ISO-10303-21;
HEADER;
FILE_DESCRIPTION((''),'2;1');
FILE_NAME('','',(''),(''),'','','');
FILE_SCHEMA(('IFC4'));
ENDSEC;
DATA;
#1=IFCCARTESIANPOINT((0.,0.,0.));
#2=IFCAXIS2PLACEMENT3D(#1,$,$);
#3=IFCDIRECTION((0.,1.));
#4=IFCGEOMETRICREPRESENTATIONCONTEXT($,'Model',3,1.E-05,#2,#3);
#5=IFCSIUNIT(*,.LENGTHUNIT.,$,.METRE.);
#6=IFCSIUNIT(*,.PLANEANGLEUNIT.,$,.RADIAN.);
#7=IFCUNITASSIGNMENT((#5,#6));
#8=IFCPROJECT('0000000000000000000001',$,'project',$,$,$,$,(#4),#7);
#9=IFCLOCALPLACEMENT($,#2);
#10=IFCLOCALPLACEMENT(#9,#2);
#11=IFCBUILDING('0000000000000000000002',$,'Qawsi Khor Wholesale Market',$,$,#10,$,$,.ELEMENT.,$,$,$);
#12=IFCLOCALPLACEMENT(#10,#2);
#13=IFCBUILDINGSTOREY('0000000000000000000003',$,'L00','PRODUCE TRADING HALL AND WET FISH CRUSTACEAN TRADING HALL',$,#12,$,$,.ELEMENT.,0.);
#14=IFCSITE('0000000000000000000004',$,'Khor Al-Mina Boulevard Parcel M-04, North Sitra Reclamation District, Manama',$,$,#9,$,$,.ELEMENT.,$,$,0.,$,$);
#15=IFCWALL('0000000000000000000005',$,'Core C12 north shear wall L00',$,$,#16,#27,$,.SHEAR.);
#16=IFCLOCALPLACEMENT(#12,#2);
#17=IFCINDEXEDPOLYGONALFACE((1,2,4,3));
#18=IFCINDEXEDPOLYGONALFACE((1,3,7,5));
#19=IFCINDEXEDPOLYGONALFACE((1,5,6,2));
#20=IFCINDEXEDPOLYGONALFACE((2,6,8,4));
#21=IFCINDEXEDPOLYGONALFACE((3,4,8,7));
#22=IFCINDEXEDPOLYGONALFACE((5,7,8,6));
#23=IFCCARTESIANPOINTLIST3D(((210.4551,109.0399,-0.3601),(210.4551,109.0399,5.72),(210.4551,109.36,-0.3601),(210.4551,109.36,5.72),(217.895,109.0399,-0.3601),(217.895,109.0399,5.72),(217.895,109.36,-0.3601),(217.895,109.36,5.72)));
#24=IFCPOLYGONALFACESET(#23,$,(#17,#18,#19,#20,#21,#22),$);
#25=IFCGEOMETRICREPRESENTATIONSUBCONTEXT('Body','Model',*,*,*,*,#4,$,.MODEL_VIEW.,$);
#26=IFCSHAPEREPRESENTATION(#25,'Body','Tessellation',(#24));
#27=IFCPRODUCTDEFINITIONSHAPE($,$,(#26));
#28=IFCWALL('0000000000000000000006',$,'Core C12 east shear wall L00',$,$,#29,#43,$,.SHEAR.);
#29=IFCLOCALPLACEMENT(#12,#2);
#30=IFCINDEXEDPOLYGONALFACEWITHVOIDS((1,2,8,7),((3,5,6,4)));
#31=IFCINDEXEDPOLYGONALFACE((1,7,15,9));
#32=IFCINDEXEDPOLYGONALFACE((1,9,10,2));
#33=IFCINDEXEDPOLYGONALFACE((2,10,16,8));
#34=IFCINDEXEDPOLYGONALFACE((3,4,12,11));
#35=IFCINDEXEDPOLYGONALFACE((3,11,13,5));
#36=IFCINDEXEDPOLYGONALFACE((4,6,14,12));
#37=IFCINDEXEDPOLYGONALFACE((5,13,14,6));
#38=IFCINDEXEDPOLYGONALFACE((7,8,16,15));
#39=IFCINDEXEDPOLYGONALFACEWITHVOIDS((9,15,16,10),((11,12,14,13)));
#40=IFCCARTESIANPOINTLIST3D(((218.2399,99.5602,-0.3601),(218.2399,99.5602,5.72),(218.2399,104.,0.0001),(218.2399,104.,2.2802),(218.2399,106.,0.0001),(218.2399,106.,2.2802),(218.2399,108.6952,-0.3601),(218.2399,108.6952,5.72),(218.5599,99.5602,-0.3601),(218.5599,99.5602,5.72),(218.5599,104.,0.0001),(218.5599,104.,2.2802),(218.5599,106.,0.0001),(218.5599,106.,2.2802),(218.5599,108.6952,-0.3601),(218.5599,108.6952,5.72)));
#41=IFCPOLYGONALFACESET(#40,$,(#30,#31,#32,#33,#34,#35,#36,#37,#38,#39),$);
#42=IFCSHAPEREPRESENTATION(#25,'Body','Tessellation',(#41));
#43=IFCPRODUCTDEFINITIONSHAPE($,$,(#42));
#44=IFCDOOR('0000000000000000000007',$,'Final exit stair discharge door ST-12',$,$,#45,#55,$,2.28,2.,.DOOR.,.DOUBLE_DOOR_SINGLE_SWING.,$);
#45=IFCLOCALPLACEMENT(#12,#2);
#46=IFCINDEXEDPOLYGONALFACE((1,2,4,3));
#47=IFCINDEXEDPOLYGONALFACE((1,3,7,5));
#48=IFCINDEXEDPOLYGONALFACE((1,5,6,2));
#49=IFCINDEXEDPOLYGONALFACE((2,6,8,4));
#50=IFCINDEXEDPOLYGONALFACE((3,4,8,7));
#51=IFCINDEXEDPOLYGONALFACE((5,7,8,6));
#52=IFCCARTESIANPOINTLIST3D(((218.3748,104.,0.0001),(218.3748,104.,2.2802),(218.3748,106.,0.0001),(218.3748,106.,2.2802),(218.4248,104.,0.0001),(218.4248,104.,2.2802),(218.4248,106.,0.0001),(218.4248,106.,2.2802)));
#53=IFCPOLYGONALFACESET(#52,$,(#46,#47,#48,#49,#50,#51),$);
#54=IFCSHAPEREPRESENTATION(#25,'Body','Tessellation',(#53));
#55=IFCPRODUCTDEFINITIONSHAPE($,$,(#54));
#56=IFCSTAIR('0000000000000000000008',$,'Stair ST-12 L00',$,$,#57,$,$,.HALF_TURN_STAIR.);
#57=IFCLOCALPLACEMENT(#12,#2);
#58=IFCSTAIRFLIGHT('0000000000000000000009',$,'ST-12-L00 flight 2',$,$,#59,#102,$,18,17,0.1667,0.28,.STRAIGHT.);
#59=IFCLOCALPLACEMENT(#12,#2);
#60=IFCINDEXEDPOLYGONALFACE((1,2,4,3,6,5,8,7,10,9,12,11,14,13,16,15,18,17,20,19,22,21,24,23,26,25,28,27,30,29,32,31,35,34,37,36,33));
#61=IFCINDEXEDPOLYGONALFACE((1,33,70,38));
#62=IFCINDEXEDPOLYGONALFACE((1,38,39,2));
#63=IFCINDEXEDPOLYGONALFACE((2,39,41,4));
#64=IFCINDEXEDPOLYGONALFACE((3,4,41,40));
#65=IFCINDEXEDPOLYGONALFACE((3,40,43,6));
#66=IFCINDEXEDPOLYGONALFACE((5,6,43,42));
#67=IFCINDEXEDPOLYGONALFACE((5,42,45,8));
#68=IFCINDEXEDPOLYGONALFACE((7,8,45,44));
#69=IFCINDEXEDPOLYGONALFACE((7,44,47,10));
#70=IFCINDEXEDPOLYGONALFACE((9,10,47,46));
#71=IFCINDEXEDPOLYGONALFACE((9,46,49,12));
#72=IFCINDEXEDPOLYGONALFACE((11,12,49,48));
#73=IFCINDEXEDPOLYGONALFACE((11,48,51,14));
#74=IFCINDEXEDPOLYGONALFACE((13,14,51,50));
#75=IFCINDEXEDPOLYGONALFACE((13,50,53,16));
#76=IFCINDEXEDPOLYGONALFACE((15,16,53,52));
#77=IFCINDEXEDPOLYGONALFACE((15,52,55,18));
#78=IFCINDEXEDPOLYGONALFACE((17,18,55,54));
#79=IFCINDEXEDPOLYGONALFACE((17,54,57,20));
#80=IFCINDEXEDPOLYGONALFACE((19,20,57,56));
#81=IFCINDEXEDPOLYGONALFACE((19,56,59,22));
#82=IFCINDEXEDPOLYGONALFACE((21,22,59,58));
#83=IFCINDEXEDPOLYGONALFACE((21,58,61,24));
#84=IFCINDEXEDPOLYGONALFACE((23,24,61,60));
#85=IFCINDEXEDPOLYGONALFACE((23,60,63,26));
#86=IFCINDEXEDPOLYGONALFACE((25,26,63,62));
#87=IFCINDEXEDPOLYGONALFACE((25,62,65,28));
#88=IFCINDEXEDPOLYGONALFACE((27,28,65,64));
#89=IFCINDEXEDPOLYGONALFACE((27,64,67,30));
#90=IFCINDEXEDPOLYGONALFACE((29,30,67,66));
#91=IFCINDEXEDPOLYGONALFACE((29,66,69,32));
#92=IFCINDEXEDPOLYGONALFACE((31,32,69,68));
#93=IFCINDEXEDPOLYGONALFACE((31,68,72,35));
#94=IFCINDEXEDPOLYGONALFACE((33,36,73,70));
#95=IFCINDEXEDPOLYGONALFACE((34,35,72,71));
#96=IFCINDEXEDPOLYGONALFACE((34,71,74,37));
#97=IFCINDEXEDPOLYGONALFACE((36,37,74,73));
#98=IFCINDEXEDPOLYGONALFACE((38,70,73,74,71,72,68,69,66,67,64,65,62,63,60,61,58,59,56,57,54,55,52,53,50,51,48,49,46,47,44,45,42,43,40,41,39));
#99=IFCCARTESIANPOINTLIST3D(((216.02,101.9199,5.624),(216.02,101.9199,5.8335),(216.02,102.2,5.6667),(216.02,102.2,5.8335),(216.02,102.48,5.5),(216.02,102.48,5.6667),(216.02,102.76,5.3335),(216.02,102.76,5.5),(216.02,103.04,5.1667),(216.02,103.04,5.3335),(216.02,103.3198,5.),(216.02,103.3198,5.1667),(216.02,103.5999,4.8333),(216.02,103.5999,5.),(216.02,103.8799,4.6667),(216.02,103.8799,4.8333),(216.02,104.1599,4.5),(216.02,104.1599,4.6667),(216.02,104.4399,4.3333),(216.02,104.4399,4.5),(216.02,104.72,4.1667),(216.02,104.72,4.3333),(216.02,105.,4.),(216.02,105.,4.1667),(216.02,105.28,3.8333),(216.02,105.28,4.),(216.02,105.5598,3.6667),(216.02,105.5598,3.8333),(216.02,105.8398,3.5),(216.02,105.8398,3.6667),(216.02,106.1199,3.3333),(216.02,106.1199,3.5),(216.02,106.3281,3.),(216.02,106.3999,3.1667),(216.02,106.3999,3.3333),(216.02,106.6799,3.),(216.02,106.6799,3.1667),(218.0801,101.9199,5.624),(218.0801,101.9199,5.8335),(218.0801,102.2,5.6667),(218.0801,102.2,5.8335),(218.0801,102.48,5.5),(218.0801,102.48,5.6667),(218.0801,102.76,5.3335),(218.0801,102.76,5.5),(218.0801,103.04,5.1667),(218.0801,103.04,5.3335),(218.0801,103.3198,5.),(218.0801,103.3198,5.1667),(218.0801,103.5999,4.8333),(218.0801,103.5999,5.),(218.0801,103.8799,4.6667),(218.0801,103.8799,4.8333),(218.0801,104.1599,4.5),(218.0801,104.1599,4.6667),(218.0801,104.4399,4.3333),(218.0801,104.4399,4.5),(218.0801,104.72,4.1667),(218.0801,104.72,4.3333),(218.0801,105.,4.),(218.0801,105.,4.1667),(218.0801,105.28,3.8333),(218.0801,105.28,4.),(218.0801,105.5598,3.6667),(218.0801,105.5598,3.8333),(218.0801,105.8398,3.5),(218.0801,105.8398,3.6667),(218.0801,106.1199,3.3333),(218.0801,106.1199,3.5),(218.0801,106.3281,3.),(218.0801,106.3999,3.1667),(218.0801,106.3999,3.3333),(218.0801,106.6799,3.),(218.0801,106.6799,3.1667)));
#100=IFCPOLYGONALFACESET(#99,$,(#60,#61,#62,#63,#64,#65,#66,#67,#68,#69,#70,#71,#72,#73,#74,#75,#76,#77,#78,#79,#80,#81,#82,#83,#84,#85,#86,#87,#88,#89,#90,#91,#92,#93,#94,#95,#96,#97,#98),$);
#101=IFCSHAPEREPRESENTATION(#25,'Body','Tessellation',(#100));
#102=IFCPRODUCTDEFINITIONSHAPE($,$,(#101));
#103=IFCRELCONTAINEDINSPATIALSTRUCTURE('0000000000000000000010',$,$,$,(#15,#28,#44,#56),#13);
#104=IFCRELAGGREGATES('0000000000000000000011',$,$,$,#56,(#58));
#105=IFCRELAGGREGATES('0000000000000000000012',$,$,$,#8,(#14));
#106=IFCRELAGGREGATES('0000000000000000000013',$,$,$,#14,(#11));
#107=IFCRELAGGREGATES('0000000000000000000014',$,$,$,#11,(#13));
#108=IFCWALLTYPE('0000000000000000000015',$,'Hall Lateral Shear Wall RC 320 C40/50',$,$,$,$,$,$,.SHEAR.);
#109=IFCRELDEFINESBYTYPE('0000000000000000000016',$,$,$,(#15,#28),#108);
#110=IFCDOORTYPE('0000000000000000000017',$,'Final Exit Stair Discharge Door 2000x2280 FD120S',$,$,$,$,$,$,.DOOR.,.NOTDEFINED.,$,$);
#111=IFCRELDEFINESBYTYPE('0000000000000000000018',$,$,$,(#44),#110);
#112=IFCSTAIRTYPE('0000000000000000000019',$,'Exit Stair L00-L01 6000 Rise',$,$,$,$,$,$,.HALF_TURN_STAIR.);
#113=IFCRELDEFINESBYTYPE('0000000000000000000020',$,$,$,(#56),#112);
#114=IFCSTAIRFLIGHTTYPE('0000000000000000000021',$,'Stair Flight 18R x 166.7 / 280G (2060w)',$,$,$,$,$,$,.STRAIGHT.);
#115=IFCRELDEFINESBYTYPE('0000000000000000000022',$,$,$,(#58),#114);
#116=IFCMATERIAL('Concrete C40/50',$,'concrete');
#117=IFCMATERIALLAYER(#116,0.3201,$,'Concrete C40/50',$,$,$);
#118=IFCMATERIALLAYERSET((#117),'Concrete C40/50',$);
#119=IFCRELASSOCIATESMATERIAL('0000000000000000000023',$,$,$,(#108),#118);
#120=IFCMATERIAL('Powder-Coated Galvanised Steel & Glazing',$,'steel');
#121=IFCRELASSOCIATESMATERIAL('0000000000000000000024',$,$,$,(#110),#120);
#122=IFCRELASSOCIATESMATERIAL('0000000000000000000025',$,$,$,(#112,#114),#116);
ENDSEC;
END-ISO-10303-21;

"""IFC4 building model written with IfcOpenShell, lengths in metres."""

from ifc_helpers import new_model, si_unit, direction, frame, frame_2d, origin, place, context, subcontext, project, spatial, polyline, rectangle, outline, extrude, material, layer, layer_set, type_object, element, fill, aggregate, save


model = new_model("IFC4")

# Units and contexts
model_context = context("Model", 3, precision=1e-05, world=origin(), true_north=direction((0.0, 1.0)))
body_context = subcontext(model_context, "Body", "Model", "MODEL_VIEW")
ifc_project = project(units=[si_unit("LENGTHUNIT", "METRE"), si_unit("PLANEANGLEUNIT", "RADIAN")], contexts=[model_context])

# Site, building, storey
site_placement = place(None, origin())
site = spatial("IfcSite", under=ifc_project, at=site_placement, Name="Khor Al-Mina Boulevard Parcel M-04, North Sitra Reclamation District, Manama", CompositionType="ELEMENT", RefElevation=0.0)
building_placement = place(site_placement, origin())
building = spatial("IfcBuilding", under=site, at=building_placement, Name="Qawsi Khor Wholesale Market", CompositionType="ELEMENT")
storey_placement = place(building_placement, origin())
storey = spatial("IfcBuildingStorey", under=building, at=storey_placement, Name="L00", Description="PRODUCE TRADING HALL AND WET FISH CRUSTACEAN TRADING HALL", CompositionType="ELEMENT", Elevation=0.0)

# Shared definitions
ifc_material_1 = material(Name="Concrete C40/50", Category="concrete")

# Wall
ifc_layer_1 = layer(ifc_material_1, 0.3201, Name="Concrete C40/50")
ifc_layer_set_1 = layer_set([ifc_layer_1], Name="Concrete C40/50")
wall_type_1 = type_object("IfcWallType", Name="Hall Lateral Shear Wall RC 320 C40/50", PredefinedType="SHEAR", material=ifc_layer_set_1)
wall_1_placement = place(storey_placement, frame((210.4551, 109.2, -0.3601), z_axis=(0.0, 0.0, 1.0), x_axis=(1.0, 0.0, 0.0)))
element("IfcWall", 1, at=wall_1_placement, inside=storey, type_object=wall_type_1, Name="Core C12 north shear wall L00", PredefinedType="SHEAR", context=body_context, shape_type="SweptSolid", body=[
    extrude(rectangle(XDim=7.4399, YDim=0.3201, at=frame_2d((3.72, 0.0))), origin(), (0.0, 0.0, 1.0), 6.0801),
])

# Wall, opening, door
wall_2_placement = place(storey_placement, frame((218.3999, 108.6951, -0.3601), z_axis=(0.0, 0.0, 1.0), x_axis=(0.0, -1.0, 0.0)))
wall_2 = element("IfcWall", 2, at=wall_2_placement, inside=storey, type_object=wall_type_1, Name="Core C12 east shear wall L00", PredefinedType="SHEAR", context=body_context, shape_type="SweptSolid", body=[
    extrude(rectangle(XDim=9.135, YDim=0.3201, at=frame_2d((4.5674, 0.0))), origin(), (0.0, 0.0, 1.0), 6.0801),
])
opening_1_placement = place(wall_2_placement, frame((2.6951, 0.0, 0.3601)))
opening_1 = element("IfcOpeningElement", 3, at=opening_1_placement, cuts=wall_2, PredefinedType="OPENING", context=body_context, shape_type="SweptSolid", body=[
    extrude(rectangle(XDim=2.0, YDim=2.28, at=frame_2d((1.0, 1.1401))), frame((0.0, 0.1699, 0.0), z_axis=(0.0, -1.0, 0.0), x_axis=(1.0, 0.0, 0.0)), (0.0, 0.0, 1.0), 0.3401),
])
ifc_material_2 = material(Name="Powder-Coated Galvanised Steel & Glazing", Category="steel")
door_type = type_object("IfcDoorType", Name="Final Exit Stair Discharge Door 2000x2280 FD120S", OperationType="NOTDEFINED", PredefinedType="DOOR", material=ifc_material_2)
door_placement = place(opening_1_placement, origin())
door = element("IfcDoor", 4, at=door_placement, inside=storey, type_object=door_type, Name="Final exit stair discharge door ST-12", OperationType="DOUBLE_DOOR_SINGLE_SWING", OverallHeight=2.28, OverallWidth=2.0, PredefinedType="DOOR", context=body_context, shape_type="SweptSolid", body=[
    extrude(rectangle(XDim=2.0, YDim=2.28, at=frame_2d((1.0, 1.1401))), frame((0.0, 0.0249, 0.0), z_axis=(0.0, -1.0, 0.0), x_axis=(1.0, 0.0, 0.0)), (0.0, 0.0, 1.0), 0.05),
])
fill(opening_1, door)

# Stair, stair flight
stair_type = type_object("IfcStairType", Name="Exit Stair L00-L01 6000 Rise", PredefinedType="HALF_TURN_STAIR", material=ifc_material_1)
stair_placement = place(storey_placement, origin())
stair = element("IfcStair", 5, at=stair_placement, inside=storey, type_object=stair_type, Name="Stair ST-12 L00", PredefinedType="HALF_TURN_STAIR")
stair_flight_type = type_object("IfcStairFlightType", Name="Stair Flight 18R x 166.7 / 280G (2060w)", PredefinedType="STRAIGHT", material=ifc_material_1)
stair_flight_placement = place(storey_placement, frame((217.05, 106.6799, 3.0), z_axis=(0.0, 0.0, 1.0), x_axis=(0.0, -1.0, 0.0)))
stair_flight = element("IfcStairFlight", 6, at=stair_flight_placement, type_object=stair_flight_type, Name="ST-12-L00 flight 2", NumberOfRisers=18, NumberOfTreads=17, PredefinedType="STRAIGHT", RiserHeight=0.1667, TreadLength=0.28, context=body_context, shape_type="SweptSolid", body=[
    extrude(outline(polyline([(0.0, 0.0), (0.0, 0.1667), (0.28, 0.1667), (0.28, 0.3333), (0.5601, 0.3333), (0.5601, 0.5), (0.8401, 0.5), (0.8401, 0.6667), (1.1201, 0.6667), (1.1201, 0.8333), (1.3999, 0.8333), (1.3999, 1.0), (1.6799, 1.0), (1.6799, 1.1667), (1.96, 1.1667), (1.96, 1.3333), (2.24, 1.3333), (2.24, 1.5), (2.52, 1.5), (2.52, 1.6667), (2.8, 1.6667), (2.8, 1.8333), (3.0801, 1.8333), (3.0801, 2.0), (3.3601, 2.0), (3.3601, 2.1667), (3.6399, 2.1667), (3.6399, 2.3335), (3.9199, 2.3335), (3.9199, 2.5), (4.2, 2.5), (4.2, 2.6667), (4.48, 2.6667), (4.48, 2.8335), (4.76, 2.8335), (4.76, 3.0), (4.76, 2.624), (0.3518, 0.0), (0.0, 0.0)])), frame((0.0, 1.03, 0.0), z_axis=(0.0, -1.0, 0.0), x_axis=(1.0, 0.0, 0.0)), (0.0, 0.0, 1.0), 2.0601),
])
aggregate(stair, [stair_flight])

save(model, "model.ifc")
